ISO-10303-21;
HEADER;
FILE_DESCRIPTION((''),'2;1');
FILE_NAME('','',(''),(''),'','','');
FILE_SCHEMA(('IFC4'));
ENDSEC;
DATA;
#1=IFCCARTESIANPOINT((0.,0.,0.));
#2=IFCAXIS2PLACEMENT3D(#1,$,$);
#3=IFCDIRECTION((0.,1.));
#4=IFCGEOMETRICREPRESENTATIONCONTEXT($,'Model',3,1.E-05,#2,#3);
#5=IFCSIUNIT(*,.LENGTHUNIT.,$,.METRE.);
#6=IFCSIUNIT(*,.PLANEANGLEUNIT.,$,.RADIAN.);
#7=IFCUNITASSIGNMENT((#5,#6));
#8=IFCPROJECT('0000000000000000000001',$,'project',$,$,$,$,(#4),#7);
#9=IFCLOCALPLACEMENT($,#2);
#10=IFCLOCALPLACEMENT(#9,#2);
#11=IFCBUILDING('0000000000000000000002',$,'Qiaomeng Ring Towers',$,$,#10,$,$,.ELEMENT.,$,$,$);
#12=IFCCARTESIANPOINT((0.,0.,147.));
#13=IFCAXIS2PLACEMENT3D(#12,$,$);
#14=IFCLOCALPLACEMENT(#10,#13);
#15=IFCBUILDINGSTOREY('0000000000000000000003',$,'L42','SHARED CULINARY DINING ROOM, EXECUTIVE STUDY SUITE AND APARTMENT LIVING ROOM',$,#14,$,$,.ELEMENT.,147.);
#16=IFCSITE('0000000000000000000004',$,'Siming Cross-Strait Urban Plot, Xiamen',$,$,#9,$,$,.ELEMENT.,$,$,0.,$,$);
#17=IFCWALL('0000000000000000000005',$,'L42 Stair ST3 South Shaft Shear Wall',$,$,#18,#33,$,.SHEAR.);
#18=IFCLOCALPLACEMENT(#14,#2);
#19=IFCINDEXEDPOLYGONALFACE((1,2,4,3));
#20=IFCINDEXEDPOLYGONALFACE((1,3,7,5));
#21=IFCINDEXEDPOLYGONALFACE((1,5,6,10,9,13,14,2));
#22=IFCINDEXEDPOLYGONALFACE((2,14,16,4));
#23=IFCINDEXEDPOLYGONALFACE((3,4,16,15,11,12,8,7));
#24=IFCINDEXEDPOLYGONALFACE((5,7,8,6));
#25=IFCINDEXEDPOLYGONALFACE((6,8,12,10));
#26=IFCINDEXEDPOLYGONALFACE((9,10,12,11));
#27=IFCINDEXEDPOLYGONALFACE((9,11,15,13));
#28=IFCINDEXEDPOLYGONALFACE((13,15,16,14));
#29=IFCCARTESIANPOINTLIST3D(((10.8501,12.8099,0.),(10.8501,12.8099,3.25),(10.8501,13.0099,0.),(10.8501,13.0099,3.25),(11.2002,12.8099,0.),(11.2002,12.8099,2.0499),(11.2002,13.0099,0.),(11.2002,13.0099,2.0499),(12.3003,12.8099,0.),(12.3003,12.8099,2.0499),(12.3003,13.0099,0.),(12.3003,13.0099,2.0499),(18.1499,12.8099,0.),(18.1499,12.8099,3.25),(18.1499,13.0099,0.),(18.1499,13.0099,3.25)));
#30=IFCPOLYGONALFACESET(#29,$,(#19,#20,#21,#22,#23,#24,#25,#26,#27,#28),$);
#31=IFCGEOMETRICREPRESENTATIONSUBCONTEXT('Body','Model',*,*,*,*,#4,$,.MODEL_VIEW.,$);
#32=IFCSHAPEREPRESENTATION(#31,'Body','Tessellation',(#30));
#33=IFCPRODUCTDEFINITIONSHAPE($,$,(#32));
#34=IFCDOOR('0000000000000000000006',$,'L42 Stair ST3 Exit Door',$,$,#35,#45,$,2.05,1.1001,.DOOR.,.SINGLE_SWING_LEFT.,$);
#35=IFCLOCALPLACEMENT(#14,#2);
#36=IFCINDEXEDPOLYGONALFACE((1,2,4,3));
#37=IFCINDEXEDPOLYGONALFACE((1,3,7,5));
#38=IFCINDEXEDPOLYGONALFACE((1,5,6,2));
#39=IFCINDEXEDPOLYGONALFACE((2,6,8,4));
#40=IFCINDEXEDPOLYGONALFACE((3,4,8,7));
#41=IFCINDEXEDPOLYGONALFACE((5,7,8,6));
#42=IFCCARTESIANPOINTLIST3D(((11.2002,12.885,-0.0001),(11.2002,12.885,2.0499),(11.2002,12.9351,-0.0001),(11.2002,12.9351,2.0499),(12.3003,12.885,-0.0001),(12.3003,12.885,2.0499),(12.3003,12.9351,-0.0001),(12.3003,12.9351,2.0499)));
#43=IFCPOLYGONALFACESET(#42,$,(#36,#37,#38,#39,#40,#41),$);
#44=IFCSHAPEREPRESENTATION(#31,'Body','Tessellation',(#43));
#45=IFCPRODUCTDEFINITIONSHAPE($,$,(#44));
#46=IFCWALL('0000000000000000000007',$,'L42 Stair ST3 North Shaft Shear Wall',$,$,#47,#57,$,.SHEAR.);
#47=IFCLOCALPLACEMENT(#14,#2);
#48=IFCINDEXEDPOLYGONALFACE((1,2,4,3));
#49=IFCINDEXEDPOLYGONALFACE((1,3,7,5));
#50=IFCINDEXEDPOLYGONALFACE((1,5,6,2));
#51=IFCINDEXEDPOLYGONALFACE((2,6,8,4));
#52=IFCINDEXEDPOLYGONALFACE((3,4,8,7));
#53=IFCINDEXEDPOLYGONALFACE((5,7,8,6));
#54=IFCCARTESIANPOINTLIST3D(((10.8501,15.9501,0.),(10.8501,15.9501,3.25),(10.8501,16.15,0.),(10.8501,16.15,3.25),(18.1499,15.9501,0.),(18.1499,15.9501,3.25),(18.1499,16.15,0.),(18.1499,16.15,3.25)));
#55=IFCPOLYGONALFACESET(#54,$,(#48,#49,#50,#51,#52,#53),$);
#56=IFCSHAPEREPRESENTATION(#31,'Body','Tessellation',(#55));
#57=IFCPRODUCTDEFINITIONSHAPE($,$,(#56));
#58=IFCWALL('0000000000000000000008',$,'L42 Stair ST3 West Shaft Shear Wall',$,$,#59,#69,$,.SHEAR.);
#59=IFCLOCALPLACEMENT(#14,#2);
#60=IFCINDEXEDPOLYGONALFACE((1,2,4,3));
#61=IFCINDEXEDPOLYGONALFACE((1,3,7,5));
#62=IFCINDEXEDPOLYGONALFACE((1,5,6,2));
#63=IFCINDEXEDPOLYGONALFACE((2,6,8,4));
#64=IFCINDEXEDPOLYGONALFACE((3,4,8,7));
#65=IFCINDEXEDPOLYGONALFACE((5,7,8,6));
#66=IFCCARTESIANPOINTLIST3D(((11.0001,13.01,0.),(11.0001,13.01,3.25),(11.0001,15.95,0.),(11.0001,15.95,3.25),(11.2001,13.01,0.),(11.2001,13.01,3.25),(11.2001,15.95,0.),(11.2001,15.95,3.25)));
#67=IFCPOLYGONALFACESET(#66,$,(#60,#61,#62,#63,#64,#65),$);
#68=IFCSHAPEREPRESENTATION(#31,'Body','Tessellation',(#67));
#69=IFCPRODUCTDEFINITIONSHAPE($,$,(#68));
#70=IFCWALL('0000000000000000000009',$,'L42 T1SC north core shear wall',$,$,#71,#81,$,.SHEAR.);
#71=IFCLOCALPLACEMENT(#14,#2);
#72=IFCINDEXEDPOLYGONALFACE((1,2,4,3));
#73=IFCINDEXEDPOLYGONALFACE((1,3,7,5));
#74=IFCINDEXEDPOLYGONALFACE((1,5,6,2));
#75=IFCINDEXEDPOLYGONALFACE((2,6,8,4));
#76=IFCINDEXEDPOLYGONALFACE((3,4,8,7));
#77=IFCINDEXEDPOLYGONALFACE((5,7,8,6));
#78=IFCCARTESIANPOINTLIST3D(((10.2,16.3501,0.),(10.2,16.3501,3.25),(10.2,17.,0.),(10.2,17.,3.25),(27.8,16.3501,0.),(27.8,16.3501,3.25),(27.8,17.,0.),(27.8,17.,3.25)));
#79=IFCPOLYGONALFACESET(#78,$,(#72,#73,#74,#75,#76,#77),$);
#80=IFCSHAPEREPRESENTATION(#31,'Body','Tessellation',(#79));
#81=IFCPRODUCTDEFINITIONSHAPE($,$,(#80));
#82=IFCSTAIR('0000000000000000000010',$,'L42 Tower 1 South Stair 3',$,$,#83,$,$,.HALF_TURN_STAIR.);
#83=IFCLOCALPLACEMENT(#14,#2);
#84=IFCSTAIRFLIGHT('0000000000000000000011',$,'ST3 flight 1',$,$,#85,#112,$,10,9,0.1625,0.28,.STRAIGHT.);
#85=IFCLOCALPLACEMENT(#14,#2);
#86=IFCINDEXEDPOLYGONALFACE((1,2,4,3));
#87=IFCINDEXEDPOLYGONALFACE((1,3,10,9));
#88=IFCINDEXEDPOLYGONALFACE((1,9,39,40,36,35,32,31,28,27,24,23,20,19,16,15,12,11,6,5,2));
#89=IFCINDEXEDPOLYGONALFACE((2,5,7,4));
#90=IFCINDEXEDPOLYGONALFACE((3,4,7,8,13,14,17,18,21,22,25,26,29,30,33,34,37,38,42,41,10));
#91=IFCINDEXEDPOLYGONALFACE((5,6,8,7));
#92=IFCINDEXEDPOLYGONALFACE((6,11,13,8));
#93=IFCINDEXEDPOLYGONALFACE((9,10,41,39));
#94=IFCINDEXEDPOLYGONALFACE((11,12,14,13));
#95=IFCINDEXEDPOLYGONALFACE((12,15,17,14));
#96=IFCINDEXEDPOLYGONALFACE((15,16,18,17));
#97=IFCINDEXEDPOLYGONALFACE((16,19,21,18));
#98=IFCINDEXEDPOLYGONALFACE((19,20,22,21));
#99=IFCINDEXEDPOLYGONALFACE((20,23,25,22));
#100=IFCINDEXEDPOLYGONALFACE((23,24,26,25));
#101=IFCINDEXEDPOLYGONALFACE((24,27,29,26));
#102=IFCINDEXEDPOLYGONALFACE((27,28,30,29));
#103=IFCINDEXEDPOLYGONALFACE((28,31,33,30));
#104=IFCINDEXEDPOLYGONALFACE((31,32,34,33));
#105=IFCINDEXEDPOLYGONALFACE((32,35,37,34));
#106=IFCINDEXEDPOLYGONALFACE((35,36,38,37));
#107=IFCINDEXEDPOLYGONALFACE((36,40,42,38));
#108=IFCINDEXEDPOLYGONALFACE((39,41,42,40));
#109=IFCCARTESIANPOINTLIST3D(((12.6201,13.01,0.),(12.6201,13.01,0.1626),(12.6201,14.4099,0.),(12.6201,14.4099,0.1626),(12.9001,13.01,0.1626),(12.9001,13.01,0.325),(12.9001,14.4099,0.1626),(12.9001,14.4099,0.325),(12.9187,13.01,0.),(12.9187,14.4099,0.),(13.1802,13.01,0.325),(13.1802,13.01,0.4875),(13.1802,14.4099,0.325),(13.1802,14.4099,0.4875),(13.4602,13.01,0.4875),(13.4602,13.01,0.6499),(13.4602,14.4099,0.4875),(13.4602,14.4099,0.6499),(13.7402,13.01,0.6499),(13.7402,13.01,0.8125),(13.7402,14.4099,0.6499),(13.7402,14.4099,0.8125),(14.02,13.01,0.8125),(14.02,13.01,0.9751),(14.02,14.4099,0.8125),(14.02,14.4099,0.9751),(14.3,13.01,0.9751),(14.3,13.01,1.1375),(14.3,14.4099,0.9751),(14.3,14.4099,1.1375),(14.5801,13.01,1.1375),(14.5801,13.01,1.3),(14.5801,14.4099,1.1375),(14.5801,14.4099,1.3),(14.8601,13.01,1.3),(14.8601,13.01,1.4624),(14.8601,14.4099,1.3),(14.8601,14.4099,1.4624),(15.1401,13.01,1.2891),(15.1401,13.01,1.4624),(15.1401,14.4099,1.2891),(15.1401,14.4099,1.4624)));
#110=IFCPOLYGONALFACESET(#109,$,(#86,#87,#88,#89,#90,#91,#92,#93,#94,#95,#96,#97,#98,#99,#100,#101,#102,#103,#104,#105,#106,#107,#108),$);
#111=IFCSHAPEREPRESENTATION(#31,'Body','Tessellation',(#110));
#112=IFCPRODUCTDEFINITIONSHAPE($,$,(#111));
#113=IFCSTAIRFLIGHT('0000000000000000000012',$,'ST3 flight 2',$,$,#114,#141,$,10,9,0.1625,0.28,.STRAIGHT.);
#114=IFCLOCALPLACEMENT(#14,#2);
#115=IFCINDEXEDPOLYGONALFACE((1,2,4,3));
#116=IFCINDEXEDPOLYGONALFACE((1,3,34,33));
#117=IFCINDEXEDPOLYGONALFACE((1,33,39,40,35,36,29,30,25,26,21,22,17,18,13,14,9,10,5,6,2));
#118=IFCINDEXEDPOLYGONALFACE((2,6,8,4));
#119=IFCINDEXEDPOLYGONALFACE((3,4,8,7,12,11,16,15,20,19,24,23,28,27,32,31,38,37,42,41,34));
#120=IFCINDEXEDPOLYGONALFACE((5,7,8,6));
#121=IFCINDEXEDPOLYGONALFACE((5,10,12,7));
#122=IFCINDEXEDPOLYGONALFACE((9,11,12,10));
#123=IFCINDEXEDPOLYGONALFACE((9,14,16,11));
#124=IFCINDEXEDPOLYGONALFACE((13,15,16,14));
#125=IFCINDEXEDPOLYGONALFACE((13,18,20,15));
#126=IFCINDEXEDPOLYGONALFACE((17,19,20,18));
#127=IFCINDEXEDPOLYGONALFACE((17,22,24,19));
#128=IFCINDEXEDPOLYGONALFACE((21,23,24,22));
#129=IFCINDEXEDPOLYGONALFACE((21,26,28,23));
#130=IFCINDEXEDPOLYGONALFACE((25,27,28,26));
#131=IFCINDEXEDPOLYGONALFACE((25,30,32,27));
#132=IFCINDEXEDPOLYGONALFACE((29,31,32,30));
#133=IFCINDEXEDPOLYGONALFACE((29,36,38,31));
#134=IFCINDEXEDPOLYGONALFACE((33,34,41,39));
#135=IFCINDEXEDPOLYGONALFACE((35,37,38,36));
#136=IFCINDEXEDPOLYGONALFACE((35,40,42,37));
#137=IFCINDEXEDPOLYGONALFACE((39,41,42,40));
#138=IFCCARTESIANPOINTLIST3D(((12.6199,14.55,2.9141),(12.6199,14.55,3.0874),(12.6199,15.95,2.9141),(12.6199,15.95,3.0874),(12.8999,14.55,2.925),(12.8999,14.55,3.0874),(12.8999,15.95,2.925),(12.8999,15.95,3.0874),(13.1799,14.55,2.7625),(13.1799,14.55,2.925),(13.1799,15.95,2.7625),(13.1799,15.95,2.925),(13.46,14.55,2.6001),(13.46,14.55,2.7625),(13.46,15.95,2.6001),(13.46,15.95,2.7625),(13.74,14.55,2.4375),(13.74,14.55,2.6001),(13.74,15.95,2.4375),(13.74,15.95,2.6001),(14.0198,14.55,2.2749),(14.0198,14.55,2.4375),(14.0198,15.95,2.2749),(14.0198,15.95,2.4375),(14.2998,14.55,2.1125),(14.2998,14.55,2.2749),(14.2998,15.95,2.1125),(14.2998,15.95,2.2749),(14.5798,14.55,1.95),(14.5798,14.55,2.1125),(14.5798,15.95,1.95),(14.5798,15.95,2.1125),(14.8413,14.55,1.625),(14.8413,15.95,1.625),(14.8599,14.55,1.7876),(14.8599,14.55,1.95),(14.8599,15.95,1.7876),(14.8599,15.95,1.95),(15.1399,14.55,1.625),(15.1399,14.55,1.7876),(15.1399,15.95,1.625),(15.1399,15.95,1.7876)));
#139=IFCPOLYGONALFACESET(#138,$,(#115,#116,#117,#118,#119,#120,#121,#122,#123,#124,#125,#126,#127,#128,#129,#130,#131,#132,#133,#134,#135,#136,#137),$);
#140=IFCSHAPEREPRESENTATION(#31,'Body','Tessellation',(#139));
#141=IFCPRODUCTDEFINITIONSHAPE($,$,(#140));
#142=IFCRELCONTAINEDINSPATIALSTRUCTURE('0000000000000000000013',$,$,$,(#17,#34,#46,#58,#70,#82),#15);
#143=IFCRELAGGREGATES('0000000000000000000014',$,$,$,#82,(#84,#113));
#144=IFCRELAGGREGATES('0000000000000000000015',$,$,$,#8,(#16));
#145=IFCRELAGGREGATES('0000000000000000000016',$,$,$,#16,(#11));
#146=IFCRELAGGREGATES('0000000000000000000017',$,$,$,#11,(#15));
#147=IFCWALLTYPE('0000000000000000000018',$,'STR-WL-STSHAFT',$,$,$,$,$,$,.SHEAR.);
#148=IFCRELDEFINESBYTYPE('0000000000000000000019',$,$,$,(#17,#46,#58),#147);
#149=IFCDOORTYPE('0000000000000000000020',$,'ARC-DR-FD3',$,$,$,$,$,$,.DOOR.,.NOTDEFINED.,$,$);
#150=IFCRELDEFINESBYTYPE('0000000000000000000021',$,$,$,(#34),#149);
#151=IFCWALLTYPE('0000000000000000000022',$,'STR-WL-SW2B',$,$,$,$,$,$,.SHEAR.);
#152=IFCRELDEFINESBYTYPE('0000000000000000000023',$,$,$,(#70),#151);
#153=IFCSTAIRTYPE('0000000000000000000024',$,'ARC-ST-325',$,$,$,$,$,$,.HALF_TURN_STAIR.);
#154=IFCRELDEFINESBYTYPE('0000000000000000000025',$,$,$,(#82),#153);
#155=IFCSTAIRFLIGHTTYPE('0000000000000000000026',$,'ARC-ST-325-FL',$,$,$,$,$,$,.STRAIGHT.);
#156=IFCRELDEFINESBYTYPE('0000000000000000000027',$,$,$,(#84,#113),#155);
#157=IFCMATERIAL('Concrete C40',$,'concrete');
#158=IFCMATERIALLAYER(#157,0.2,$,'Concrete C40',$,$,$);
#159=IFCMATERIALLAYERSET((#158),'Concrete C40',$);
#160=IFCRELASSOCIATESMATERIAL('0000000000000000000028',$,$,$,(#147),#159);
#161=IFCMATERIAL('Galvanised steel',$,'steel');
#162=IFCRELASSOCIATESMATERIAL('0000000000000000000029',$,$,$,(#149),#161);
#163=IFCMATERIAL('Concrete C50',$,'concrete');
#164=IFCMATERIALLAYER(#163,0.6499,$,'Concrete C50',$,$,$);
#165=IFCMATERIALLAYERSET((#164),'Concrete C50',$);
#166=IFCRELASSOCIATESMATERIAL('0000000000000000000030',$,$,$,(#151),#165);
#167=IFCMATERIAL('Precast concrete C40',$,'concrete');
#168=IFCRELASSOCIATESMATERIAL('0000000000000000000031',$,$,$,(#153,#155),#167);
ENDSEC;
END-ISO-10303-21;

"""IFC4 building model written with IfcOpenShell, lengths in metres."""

from ifc_helpers import new_model, si_unit, direction, frame, frame_2d, origin, place, context, subcontext, project, spatial, polyline, rectangle, outline, extrude, source, transform, mapped, material, layer, layer_set, type_object, element, fill, aggregate, save


model = new_model("IFC4")

# Units and contexts
model_context = context("Model", 3, precision=1e-05, world=origin(), true_north=direction((0.0, 1.0)))
body_context = subcontext(model_context, "Body", "Model", "MODEL_VIEW")
ifc_project = project(units=[si_unit("LENGTHUNIT", "METRE"), si_unit("PLANEANGLEUNIT", "RADIAN")], contexts=[model_context])

# Site, building, storey
site_placement = place(None, origin())
site = spatial("IfcSite", under=ifc_project, at=site_placement, Name="Siming Cross-Strait Urban Plot, Xiamen", CompositionType="ELEMENT", RefElevation=0.0)
building_placement = place(site_placement, origin())
building = spatial("IfcBuilding", under=site, at=building_placement, Name="Qiaomeng Ring Towers", CompositionType="ELEMENT")
storey_placement = place(building_placement, frame((0.0, 0.0, 147.0)))
storey = spatial("IfcBuildingStorey", under=building, at=storey_placement, Name="L42", Description="SHARED CULINARY DINING ROOM, EXECUTIVE STUDY SUITE AND APARTMENT LIVING ROOM", CompositionType="ELEMENT", Elevation=147.0)

# Shared definitions
ifc_material_1 = material(Name="Concrete C50", Category="concrete")

# Shared definitions
ifc_material_2 = material(Name="Concrete C40", Category="concrete")
ifc_layer_1 = layer(ifc_material_2, 0.2, Name="Concrete C40")
ifc_layer_set_1 = layer_set([ifc_layer_1], Name="Concrete C40")
wall_type_1 = type_object("IfcWallType", Name="STR-WL-STSHAFT", PredefinedType="SHEAR", material=ifc_layer_set_1)

# Wall, opening, door
wall_1_placement = place(storey_placement, frame((10.8501, 12.9099, 0.0), z_axis=(0.0, 0.0, 1.0), x_axis=(1.0, 0.0, 0.0)))
wall_1 = element("IfcWall", 1, at=wall_1_placement, inside=storey, type_object=wall_type_1, Name="L42 Stair ST3 South Shaft Shear Wall", PredefinedType="SHEAR", context=body_context, shape_type="SweptSolid", body=[
    extrude(rectangle(XDim=7.2998, YDim=0.2, at=frame_2d((3.6499, 0.0))), origin(), (0.0, 0.0, 1.0), 3.25),
])
opening_1_placement = place(wall_1_placement, frame((0.3501, 0.0, 0.0)))
opening_1 = element("IfcOpeningElement", 2, at=opening_1_placement, cuts=wall_1, PredefinedType="OPENING", context=body_context, shape_type="SweptSolid", body=[
    extrude(rectangle(XDim=1.1001, YDim=2.05, at=frame_2d((0.55, 1.0249))), frame((0.0, 0.1099, 0.0), z_axis=(0.0, -1.0, 0.0), x_axis=(1.0, 0.0, 0.0)), (0.0, 0.0, 1.0), 0.22),
])
ifc_material_3 = material(Name="Galvanised steel", Category="steel")
door_type_1 = type_object("IfcDoorType", Name="ARC-DR-FD3", OperationType="NOTDEFINED", PredefinedType="DOOR", material=ifc_material_3)
shared_shape_1 = source(origin(), body_context, "Body", "SweptSolid", [
    extrude(rectangle(XDim=1.1001, YDim=2.05, at=frame_2d((0.55, 1.0249))), frame((0.0, 0.0249, 0.0), z_axis=(0.0, -1.0, 0.0), x_axis=(1.0, 0.0, 0.0)), (0.0, 0.0, 1.0), 0.05),
])
door_1_placement = place(opening_1_placement, frame((1.1001, 0.0, 0.0), z_axis=(0.0, 0.0, 1.0), x_axis=(-1.0, 0.0, 0.0)))
door_1 = element("IfcDoor", 3, at=door_1_placement, inside=storey, type_object=door_type_1, Name="L42 Stair ST3 Exit Door", OperationType="SINGLE_SWING_LEFT", OverallHeight=2.05, OverallWidth=1.1001, PredefinedType="DOOR", context=body_context, shape_type="MappedRepresentation", body=[
    mapped(shared_shape_1, transform((0.0, 0.0, 0.0), x_axis=(1.0, 0.0, 0.0), y_axis=(0.0, 1.0, 0.0), z_axis=(0.0, 0.0, 1.0), scale=1.0)),
])
fill(opening_1, door_1)

# Walls
wall_2_placement = place(storey_placement, frame((10.8501, 16.05, 0.0), z_axis=(0.0, 0.0, 1.0), x_axis=(1.0, 0.0, 0.0)))
element("IfcWall", 4, at=wall_2_placement, inside=storey, type_object=wall_type_1, Name="L42 Stair ST3 North Shaft Shear Wall", PredefinedType="SHEAR", context=body_context, shape_type="SweptSolid", body=[
    extrude(rectangle(XDim=7.2998, YDim=0.2, at=frame_2d((3.6499, 0.0))), origin(), (0.0, 0.0, 1.0), 3.25),
])
wall_3_placement = place(storey_placement, frame((11.1001, 13.01, 0.0), z_axis=(0.0, 0.0, 1.0), x_axis=(0.0, 1.0, 0.0)))
element("IfcWall", 5, at=wall_3_placement, inside=storey, type_object=wall_type_1, Name="L42 Stair ST3 West Shaft Shear Wall", PredefinedType="SHEAR", context=body_context, shape_type="SweptSolid", body=[
    extrude(rectangle(XDim=2.9399, YDim=0.2, at=frame_2d((1.47, 0.0))), origin(), (0.0, 0.0, 1.0), 3.25),
])
ifc_layer_2 = layer(ifc_material_1, 0.6499, Name="Concrete C50")
ifc_layer_set_2 = layer_set([ifc_layer_2], Name="Concrete C50")
wall_type_2 = type_object("IfcWallType", Name="STR-WL-SW2B", PredefinedType="SHEAR", material=ifc_layer_set_2)
wall_4_placement = place(storey_placement, frame((10.2, 16.675, 0.0), z_axis=(0.0, 0.0, 1.0), x_axis=(1.0, 0.0, 0.0)))
element("IfcWall", 6, at=wall_4_placement, inside=storey, type_object=wall_type_2, Name="L42 T1SC north core shear wall", PredefinedType="SHEAR", context=body_context, shape_type="SweptSolid", body=[
    extrude(rectangle(XDim=17.6001, YDim=0.6499, at=frame_2d((8.8, 0.0))), origin(), (0.0, 0.0, 1.0), 3.25),
])

# Stair, stair flights
ifc_material_4 = material(Name="Precast concrete C40", Category="concrete")
stair_type = type_object("IfcStairType", Name="ARC-ST-325", PredefinedType="HALF_TURN_STAIR", material=ifc_material_4)
stair_placement = place(storey_placement, origin())
stair = element("IfcStair", 7, at=stair_placement, inside=storey, type_object=stair_type, Name="L42 Tower 1 South Stair 3", PredefinedType="HALF_TURN_STAIR")
stair_flight_type = type_object("IfcStairFlightType", Name="ARC-ST-325-FL", PredefinedType="STRAIGHT", material=ifc_material_4)
shared_shape_2 = source(origin(), body_context, "Body", "SweptSolid", [
    extrude(outline(polyline([(0.0, 0.0), (0.0, 0.1626), (0.28, 0.1626), (0.28, 0.325), (0.5601, 0.325), (0.5601, 0.4875), (0.8401, 0.4875), (0.8401, 0.6499), (1.1201, 0.6499), (1.1201, 0.8125), (1.3999, 0.8125), (1.3999, 0.9751), (1.6799, 0.9751), (1.6799, 1.1375), (1.96, 1.1375), (1.96, 1.3), (2.24, 1.3), (2.24, 1.4624), (2.52, 1.4624), (2.52, 1.625), (2.52, 1.2891), (0.2986, 0.0), (0.0, 0.0)])), frame((0.0, 0.7, 0.0), z_axis=(0.0, -1.0, 0.0), x_axis=(1.0, 0.0, 0.0)), (0.0, 0.0, 1.0), 1.3999),
])
stair_flight_1_placement = place(storey_placement, frame((12.6201, 13.71, 0.0), z_axis=(0.0, 0.0, 1.0), x_axis=(1.0, 0.0, 0.0)))
stair_flight_1 = element("IfcStairFlight", 8, at=stair_flight_1_placement, type_object=stair_flight_type, Name="ST3 flight 1", NumberOfRisers=10, NumberOfTreads=9, PredefinedType="STRAIGHT", RiserHeight=0.1625, TreadLength=0.28, context=body_context, shape_type="MappedRepresentation", body=[
    mapped(shared_shape_2, transform((0.0, 0.0, 0.0), x_axis=(1.0, 0.0, 0.0), y_axis=(0.0, 1.0, 0.0), z_axis=(0.0, 0.0, 1.0), scale=1.0)),
])
stair_flight_2_placement = place(storey_placement, frame((15.1399, 15.25, 1.625), z_axis=(0.0, 0.0, 1.0), x_axis=(-1.0, 0.0, 0.0)))
stair_flight_2 = element("IfcStairFlight", 9, at=stair_flight_2_placement, type_object=stair_flight_type, Name="ST3 flight 2", NumberOfRisers=10, NumberOfTreads=9, PredefinedType="STRAIGHT", RiserHeight=0.1625, TreadLength=0.28, context=body_context, shape_type="MappedRepresentation", body=[
    mapped(shared_shape_2, transform((0.0, 0.0, 0.0), x_axis=(1.0, 0.0, 0.0), y_axis=(0.0, 1.0, 0.0), z_axis=(0.0, 0.0, 1.0), scale=1.0)),
])
aggregate(stair, [stair_flight_1, stair_flight_2])

save(model, "model.ifc")
